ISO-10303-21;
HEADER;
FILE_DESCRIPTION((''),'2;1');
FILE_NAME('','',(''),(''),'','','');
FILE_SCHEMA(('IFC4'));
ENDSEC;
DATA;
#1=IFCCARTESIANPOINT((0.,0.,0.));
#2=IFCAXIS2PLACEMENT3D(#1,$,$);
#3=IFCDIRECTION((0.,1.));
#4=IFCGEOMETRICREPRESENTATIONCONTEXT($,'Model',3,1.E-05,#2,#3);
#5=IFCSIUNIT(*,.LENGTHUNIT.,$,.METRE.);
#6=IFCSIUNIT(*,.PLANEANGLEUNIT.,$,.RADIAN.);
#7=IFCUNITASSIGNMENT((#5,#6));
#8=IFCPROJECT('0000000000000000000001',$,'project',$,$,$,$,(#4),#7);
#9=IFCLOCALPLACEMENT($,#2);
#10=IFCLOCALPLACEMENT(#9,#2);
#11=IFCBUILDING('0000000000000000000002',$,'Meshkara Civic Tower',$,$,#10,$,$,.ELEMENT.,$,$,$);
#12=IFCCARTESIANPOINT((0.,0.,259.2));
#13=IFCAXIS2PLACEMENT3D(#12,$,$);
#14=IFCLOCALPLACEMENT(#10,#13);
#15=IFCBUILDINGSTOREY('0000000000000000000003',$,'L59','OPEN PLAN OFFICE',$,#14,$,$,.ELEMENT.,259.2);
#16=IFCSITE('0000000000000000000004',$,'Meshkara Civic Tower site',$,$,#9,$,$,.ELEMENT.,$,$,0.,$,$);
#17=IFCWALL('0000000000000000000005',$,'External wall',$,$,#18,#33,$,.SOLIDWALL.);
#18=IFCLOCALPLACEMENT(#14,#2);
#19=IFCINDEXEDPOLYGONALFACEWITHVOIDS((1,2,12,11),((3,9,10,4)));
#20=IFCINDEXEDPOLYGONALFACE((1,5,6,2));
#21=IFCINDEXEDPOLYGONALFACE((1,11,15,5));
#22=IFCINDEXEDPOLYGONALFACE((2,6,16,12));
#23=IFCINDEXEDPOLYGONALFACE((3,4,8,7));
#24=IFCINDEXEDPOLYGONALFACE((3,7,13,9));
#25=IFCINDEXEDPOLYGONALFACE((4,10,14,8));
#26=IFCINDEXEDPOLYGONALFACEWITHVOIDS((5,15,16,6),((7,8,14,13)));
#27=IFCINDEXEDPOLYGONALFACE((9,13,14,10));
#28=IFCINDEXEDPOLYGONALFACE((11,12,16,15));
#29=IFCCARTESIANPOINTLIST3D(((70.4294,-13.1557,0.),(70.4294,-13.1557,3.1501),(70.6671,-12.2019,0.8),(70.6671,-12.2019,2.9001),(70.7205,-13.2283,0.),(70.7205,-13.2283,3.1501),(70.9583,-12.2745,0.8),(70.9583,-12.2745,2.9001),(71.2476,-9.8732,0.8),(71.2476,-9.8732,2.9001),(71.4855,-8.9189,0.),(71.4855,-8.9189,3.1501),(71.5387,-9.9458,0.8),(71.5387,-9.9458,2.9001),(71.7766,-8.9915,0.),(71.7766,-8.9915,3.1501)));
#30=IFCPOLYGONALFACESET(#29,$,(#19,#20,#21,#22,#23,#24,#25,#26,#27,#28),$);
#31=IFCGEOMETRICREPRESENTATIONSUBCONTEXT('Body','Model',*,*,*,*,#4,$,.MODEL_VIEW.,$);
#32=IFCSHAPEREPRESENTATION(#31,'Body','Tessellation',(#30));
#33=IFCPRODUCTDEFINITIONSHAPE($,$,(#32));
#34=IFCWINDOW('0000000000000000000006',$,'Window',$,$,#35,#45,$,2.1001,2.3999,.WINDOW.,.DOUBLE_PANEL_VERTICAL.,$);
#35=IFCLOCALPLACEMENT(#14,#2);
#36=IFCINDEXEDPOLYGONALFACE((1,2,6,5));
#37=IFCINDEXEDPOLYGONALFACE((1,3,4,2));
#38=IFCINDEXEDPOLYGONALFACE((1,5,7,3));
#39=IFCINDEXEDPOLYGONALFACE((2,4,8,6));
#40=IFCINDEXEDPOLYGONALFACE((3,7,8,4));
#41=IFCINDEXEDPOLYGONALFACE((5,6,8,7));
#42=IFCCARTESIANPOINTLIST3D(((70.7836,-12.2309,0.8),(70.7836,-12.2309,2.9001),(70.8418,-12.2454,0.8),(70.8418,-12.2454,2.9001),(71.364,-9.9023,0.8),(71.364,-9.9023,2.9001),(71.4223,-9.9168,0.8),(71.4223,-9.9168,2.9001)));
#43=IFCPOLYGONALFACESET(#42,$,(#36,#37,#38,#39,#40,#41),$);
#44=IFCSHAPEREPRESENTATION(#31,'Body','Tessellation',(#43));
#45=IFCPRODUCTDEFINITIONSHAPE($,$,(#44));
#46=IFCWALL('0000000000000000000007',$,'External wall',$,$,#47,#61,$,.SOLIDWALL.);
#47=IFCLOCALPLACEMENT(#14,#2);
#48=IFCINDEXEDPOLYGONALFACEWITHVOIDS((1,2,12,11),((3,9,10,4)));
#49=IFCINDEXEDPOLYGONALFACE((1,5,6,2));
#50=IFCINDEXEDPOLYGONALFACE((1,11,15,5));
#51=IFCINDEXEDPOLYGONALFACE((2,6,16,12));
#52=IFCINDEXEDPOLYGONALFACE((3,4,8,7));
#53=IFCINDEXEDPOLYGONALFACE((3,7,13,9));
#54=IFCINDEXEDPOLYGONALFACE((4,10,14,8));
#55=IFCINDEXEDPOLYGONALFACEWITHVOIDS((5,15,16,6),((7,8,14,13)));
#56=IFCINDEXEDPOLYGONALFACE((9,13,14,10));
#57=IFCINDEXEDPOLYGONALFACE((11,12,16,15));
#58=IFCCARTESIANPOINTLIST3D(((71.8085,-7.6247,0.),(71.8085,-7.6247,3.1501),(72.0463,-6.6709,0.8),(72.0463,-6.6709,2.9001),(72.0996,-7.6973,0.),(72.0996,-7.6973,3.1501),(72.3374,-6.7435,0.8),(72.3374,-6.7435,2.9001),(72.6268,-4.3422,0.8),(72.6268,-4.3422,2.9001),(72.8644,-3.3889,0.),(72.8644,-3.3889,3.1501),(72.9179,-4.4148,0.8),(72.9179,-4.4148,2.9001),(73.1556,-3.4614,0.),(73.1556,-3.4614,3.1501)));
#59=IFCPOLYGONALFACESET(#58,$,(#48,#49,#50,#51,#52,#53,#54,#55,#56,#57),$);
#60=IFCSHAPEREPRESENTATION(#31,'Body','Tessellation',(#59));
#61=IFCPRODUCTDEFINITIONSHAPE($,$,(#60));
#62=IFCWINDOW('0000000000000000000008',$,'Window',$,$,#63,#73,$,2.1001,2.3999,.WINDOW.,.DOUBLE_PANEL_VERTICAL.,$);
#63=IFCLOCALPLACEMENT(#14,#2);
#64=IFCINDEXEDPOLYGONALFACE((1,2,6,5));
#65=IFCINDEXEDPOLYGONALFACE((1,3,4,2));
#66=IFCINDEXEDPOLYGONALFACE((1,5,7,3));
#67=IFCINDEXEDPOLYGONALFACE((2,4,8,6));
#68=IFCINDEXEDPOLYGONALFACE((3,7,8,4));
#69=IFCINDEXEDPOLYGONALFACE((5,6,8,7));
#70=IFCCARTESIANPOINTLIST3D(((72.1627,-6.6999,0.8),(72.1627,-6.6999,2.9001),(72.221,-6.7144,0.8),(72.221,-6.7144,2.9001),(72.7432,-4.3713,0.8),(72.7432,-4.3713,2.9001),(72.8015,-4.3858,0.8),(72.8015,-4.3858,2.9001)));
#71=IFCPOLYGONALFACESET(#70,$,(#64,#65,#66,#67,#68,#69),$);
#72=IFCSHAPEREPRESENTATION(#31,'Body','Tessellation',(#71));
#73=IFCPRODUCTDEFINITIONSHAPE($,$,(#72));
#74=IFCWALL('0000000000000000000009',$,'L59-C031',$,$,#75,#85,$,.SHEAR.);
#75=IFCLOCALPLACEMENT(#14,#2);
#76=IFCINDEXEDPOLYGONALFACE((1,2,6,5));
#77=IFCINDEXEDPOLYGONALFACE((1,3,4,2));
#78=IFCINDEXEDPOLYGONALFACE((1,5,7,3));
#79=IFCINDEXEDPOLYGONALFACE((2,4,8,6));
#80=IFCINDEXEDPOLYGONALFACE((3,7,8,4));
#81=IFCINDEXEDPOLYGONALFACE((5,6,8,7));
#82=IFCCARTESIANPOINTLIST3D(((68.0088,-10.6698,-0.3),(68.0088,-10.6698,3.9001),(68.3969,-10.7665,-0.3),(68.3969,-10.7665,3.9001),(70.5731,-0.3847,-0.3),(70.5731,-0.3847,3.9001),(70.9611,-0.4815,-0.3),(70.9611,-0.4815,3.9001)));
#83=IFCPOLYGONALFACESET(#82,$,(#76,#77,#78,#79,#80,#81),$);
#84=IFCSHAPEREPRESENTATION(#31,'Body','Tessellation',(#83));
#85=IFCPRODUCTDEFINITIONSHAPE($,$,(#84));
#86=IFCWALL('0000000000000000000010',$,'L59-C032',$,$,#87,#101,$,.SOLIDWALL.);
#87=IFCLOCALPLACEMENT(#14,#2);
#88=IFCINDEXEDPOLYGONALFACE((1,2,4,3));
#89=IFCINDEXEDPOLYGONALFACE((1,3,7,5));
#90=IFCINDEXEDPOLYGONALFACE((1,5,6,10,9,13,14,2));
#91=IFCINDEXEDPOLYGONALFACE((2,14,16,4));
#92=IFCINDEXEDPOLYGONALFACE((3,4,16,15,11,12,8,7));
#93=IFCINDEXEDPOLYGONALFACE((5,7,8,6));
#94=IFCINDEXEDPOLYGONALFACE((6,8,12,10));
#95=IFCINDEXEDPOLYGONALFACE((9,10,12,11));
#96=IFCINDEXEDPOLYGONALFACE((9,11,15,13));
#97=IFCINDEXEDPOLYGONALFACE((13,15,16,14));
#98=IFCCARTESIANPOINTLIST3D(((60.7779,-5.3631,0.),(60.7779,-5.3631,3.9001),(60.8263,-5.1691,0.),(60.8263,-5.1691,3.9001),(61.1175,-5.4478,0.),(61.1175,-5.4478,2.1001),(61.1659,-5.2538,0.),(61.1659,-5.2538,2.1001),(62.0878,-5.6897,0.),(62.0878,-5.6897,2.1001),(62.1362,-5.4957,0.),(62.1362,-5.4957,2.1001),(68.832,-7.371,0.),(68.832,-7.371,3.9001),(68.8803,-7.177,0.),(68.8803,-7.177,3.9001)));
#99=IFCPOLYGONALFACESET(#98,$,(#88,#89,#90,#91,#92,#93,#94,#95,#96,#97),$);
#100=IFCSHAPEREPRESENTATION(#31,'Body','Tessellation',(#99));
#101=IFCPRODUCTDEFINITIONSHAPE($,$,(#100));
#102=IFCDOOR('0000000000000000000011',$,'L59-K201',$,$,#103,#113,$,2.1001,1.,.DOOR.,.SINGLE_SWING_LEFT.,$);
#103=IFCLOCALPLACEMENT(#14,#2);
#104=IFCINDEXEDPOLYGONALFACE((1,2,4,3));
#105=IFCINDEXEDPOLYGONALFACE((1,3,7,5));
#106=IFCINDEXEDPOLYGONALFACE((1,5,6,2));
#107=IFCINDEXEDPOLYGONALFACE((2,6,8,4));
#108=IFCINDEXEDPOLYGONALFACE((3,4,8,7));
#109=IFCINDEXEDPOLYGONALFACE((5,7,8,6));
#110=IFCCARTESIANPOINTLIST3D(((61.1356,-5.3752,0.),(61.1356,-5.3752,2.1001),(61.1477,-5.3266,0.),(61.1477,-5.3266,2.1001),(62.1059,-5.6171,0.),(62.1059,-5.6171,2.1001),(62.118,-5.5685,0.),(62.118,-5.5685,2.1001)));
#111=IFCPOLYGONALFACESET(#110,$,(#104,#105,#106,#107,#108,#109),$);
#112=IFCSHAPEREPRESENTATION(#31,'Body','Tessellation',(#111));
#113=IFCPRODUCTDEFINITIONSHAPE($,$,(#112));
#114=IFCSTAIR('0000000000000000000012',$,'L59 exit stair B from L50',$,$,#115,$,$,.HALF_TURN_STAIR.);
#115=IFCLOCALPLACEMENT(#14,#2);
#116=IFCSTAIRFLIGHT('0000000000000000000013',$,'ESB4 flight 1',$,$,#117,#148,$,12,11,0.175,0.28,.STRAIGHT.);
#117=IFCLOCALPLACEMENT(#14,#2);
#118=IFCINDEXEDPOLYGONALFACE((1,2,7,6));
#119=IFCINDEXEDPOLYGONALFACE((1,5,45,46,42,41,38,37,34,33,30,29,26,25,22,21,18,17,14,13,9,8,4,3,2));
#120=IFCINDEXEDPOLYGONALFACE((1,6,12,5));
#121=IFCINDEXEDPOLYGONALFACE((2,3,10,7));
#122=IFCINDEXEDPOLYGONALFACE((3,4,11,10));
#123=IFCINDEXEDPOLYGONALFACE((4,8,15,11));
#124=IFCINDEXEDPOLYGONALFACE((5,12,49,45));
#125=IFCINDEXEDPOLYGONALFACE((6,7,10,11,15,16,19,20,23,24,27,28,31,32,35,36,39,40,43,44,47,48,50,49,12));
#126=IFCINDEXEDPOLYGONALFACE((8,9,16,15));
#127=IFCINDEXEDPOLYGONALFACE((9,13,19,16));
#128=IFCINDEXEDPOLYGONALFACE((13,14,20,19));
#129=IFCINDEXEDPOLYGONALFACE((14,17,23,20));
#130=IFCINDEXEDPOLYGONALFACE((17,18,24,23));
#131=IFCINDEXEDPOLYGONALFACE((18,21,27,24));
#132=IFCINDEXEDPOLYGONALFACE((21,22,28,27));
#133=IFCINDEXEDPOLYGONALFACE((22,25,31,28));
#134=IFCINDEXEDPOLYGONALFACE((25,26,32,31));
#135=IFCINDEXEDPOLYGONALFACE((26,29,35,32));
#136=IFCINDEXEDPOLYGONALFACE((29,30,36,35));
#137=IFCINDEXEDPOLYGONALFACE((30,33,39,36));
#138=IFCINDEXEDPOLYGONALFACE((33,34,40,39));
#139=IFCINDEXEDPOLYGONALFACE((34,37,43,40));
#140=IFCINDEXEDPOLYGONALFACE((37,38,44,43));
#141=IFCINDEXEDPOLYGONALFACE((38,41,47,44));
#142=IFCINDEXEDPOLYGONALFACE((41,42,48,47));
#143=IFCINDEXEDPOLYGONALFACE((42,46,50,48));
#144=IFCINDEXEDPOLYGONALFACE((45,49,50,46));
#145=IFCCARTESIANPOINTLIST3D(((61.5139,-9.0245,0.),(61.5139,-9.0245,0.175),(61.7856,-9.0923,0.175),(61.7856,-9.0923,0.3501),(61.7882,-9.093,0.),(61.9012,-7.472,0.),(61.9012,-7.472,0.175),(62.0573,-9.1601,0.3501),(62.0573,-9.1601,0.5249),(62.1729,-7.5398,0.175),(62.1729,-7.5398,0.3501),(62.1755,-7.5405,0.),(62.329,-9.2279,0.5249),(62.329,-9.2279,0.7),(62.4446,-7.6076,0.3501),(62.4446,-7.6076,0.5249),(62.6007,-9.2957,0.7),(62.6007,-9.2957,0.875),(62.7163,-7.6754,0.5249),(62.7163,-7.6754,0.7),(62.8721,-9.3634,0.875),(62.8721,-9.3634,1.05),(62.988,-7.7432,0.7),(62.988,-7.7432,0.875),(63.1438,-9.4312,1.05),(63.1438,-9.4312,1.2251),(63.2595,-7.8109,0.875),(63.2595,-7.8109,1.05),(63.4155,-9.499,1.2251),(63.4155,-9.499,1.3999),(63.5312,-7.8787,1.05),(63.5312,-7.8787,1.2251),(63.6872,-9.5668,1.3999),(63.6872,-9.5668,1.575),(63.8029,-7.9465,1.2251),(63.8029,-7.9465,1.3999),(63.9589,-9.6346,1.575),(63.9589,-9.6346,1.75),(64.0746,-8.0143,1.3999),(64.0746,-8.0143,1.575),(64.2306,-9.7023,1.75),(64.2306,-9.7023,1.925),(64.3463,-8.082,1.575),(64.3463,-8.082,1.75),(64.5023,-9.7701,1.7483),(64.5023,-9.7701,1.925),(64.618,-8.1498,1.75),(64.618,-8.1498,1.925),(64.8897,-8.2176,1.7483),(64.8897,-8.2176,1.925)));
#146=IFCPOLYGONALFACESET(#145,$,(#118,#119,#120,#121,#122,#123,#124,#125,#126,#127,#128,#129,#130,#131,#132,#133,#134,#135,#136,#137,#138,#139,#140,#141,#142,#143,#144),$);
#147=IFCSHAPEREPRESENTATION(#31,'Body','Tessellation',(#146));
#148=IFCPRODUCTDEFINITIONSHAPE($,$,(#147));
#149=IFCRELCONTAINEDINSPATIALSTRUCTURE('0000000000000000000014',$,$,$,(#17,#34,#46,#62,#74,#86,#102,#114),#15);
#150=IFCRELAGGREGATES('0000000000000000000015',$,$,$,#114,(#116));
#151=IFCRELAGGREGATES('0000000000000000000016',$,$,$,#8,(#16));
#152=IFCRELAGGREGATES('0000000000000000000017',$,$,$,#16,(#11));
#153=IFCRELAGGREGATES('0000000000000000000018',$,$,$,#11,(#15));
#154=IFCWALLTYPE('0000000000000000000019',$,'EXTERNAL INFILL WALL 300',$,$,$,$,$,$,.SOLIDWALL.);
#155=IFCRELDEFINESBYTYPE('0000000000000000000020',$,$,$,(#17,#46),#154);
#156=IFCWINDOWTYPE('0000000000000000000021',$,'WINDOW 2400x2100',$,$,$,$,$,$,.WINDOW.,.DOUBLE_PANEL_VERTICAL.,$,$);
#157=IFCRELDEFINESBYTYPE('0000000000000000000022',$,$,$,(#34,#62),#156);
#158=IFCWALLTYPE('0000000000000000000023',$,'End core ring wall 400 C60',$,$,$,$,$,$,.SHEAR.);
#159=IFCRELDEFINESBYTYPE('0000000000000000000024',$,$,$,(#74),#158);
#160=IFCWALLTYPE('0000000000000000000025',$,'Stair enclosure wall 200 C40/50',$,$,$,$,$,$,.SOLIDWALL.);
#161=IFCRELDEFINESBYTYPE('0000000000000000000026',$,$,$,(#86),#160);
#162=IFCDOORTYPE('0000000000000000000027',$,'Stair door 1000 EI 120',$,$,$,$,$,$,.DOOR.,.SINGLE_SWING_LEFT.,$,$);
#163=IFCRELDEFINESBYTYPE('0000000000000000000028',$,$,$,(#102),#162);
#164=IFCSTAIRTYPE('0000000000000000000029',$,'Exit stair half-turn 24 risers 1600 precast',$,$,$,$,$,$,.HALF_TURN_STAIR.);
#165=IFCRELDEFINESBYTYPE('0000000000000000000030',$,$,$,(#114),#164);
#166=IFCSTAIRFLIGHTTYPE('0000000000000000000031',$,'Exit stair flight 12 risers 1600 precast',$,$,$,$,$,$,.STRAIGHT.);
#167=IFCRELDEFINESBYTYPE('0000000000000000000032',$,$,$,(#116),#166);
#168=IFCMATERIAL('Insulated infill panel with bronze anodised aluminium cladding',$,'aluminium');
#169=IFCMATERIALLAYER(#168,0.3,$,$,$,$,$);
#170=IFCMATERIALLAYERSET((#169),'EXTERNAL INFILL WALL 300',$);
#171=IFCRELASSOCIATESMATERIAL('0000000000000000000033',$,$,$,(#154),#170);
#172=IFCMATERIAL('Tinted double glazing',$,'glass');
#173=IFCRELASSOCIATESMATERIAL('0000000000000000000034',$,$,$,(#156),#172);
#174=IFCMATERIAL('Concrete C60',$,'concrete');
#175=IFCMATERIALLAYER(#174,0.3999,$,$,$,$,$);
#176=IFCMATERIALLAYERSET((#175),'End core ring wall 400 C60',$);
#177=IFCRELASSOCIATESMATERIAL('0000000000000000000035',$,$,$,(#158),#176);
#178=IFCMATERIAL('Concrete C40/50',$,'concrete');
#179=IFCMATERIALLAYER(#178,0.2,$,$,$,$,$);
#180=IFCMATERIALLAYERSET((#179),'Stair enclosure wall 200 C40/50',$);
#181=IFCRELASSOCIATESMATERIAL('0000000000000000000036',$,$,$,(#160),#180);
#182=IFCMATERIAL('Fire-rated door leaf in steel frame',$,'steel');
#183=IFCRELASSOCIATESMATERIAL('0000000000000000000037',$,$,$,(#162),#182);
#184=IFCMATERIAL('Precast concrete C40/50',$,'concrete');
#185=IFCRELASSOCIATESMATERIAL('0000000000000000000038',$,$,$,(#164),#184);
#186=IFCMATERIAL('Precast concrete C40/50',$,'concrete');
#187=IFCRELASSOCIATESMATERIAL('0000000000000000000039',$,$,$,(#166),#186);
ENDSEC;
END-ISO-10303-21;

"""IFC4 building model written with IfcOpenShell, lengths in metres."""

from ifc_helpers import new_model, si_unit, direction, frame, frame_2d, origin, place, context, subcontext, project, spatial, polyline, rectangle, outline, extrude, material, layer, layer_set, type_object, element, fill, aggregate, save


model = new_model("IFC4")

# Units and contexts
model_context = context("Model", 3, precision=1e-05, world=origin(), true_north=direction((0.0, 1.0)))
body_context = subcontext(model_context, "Body", "Model", "MODEL_VIEW")
ifc_project = project(units=[si_unit("LENGTHUNIT", "METRE"), si_unit("PLANEANGLEUNIT", "RADIAN")], contexts=[model_context])

# Site, building, storey
site_placement = place(None, origin())
site = spatial("IfcSite", under=ifc_project, at=site_placement, Name="Meshkara Civic Tower site", CompositionType="ELEMENT", RefElevation=0.0)
building_placement = place(site_placement, origin())
building = spatial("IfcBuilding", under=site, at=building_placement, Name="Meshkara Civic Tower", CompositionType="ELEMENT")
storey_placement = place(building_placement, frame((0.0, 0.0, 259.2)))
storey = spatial("IfcBuildingStorey", under=building, at=storey_placement, Name="L59", Description="OPEN PLAN OFFICE", CompositionType="ELEMENT", Elevation=259.2)

# Walls, openings, windows
ifc_material_1 = material(Name="Insulated infill panel with bronze anodised aluminium cladding", Category="aluminium")
ifc_layer_1 = layer(ifc_material_1, 0.3)
ifc_layer_set_1 = layer_set([ifc_layer_1], Name="EXTERNAL INFILL WALL 300")
wall_type_1 = type_object("IfcWallType", Name="EXTERNAL INFILL WALL 300", PredefinedType="SOLIDWALL", material=ifc_layer_set_1)
ifc_material_2 = material(Name="Tinted double glazing", Category="glass")
window_type_1 = type_object("IfcWindowType", Name="WINDOW 2400x2100", PartitioningType="DOUBLE_PANEL_VERTICAL", PredefinedType="WINDOW", material=ifc_material_2)
wall_1_placement = place(storey_placement, frame((70.575, -13.1919, 0.0), z_axis=(0.0, 0.0, 1.0), x_axis=(0.241878, 0.970307, 0.0)))
wall_1 = element("IfcWall", 1, at=wall_1_placement, inside=storey, type_object=wall_type_1, Name="External wall", PredefinedType="SOLIDWALL", context=body_context, shape_type="SweptSolid", body=[
    extrude(rectangle(XDim=4.3665, YDim=0.3, at=frame_2d((2.1831, 0.0))), origin(), (0.0, 0.0, 1.0), 3.1501),
])
opening_1_placement = place(wall_1_placement, frame((0.9829, 0.0, 0.8)))
opening_1 = element("IfcOpeningElement", 2, at=opening_1_placement, cuts=wall_1, PredefinedType="OPENING", context=body_context, shape_type="SweptSolid", body=[
    extrude(rectangle(XDim=2.3999, YDim=2.1001, at=frame_2d((1.2, 1.05))), frame((0.0, 0.1599, 0.0), z_axis=(0.0, -1.0, 0.0), x_axis=(1.0, 0.0, 0.0)), (0.0, 0.0, 1.0), 0.3201),
])
window_1_placement = place(opening_1_placement, origin())
window_1 = element("IfcWindow", 3, at=window_1_placement, inside=storey, type_object=window_type_1, Name="Window", OverallHeight=2.1001, OverallWidth=2.3999, PartitioningType="DOUBLE_PANEL_VERTICAL", PredefinedType="WINDOW", context=body_context, shape_type="SweptSolid", body=[
    extrude(rectangle(XDim=2.3999, YDim=2.1001, at=frame_2d((1.2, 1.05))), frame((0.0, 0.03, 0.0), z_axis=(0.0, -1.0, 0.0), x_axis=(1.0, 0.0, 0.0)), (0.0, 0.0, 1.0), 0.0601),
])
fill(opening_1, window_1)
wall_2_placement = place(storey_placement, frame((71.9541, -7.6609, 0.0), z_axis=(0.0, 0.0, 1.0), x_axis=(0.241878, 0.970307, 0.0)))
wall_2 = element("IfcWall", 4, at=wall_2_placement, inside=storey, type_object=wall_type_1, Name="External wall", PredefinedType="SOLIDWALL", context=body_context, shape_type="SweptSolid", body=[
    extrude(rectangle(XDim=4.3655, YDim=0.3, at=frame_2d((2.1826, 0.0))), origin(), (0.0, 0.0, 1.0), 3.1501),
])
opening_2_placement = place(wall_2_placement, frame((0.9829, 0.0, 0.8)))
opening_2 = element("IfcOpeningElement", 5, at=opening_2_placement, cuts=wall_2, PredefinedType="OPENING", context=body_context, shape_type="SweptSolid", body=[
    extrude(rectangle(XDim=2.3999, YDim=2.1001, at=frame_2d((1.2, 1.05))), frame((0.0, 0.1599, 0.0), z_axis=(0.0, -1.0, 0.0), x_axis=(1.0, 0.0, 0.0)), (0.0, 0.0, 1.0), 0.3201),
])
window_2_placement = place(opening_2_placement, origin())
window_2 = element("IfcWindow", 6, at=window_2_placement, inside=storey, type_object=window_type_1, Name="Window", OverallHeight=2.1001, OverallWidth=2.3999, PartitioningType="DOUBLE_PANEL_VERTICAL", PredefinedType="WINDOW", context=body_context, shape_type="SweptSolid", body=[
    extrude(rectangle(XDim=2.3999, YDim=2.1001, at=frame_2d((1.2, 1.05))), frame((0.0, 0.03, 0.0), z_axis=(0.0, -1.0, 0.0), x_axis=(1.0, 0.0, 0.0)), (0.0, 0.0, 1.0), 0.0601),
])
fill(opening_2, window_2)

# Wall
ifc_material_3 = material(Name="Concrete C60", Category="concrete")
ifc_layer_2 = layer(ifc_material_3, 0.3999)
ifc_layer_set_2 = layer_set([ifc_layer_2], Name="End core ring wall 400 C60")
wall_type_2 = type_object("IfcWallType", Name="End core ring wall 400 C60", PredefinedType="SHEAR", material=ifc_layer_set_2)
wall_3_placement = place(storey_placement, frame((68.2029, -10.718, -0.3), z_axis=(0.0, 0.0, 1.0), x_axis=(0.241912, 0.970298, 0.0)))
element("IfcWall", 7, at=wall_3_placement, inside=storey, type_object=wall_type_2, Name="L59-C031", PredefinedType="SHEAR", context=body_context, shape_type="SweptSolid", body=[
    extrude(rectangle(XDim=10.5999, YDim=0.3999, at=frame_2d((5.2998, 0.0))), origin(), (0.0, 0.0, 1.0), 4.2002),
])

# Wall, opening, door
ifc_material_4 = material(Name="Concrete C40/50", Category="concrete")
ifc_layer_3 = layer(ifc_material_4, 0.2)
ifc_layer_set_3 = layer_set([ifc_layer_3], Name="Stair enclosure wall 200 C40/50")
wall_type_3 = type_object("IfcWallType", Name="Stair enclosure wall 200 C40/50", PredefinedType="SOLIDWALL", material=ifc_layer_set_3)
wall_4_placement = place(storey_placement, frame((60.802, -5.2661, 0.0), z_axis=(0.0, 0.0, 1.0), x_axis=(0.970303, -0.241892, 0.0)))
wall_4 = element("IfcWall", 8, at=wall_4_placement, inside=storey, type_object=wall_type_3, Name="L59-C032", PredefinedType="SOLIDWALL", context=body_context, shape_type="SweptSolid", body=[
    extrude(rectangle(XDim=8.3005, YDim=0.2, at=frame_2d((4.1504, 0.0))), origin(), (0.0, 0.0, 1.0), 3.9001),
])
opening_3_placement = place(wall_4_placement, frame((0.3501, 0.0, 0.0)))
opening_3 = element("IfcOpeningElement", 9, at=opening_3_placement, cuts=wall_4, PredefinedType="OPENING", context=body_context, shape_type="SweptSolid", body=[
    extrude(rectangle(XDim=1.0, YDim=2.1001, at=frame_2d((0.5, 1.05))), frame((0.0, 0.1099, 0.0), z_axis=(0.0, -1.0, 0.0), x_axis=(1.0, 0.0, 0.0)), (0.0, 0.0, 1.0), 0.22),
])
ifc_material_5 = material(Name="Fire-rated door leaf in steel frame", Category="steel")
door_type = type_object("IfcDoorType", Name="Stair door 1000 EI 120", OperationType="SINGLE_SWING_LEFT", PredefinedType="DOOR", material=ifc_material_5)
door_placement = place(opening_3_placement, origin())
door = element("IfcDoor", 10, at=door_placement, inside=storey, type_object=door_type, Name="L59-K201", OperationType="SINGLE_SWING_LEFT", OverallHeight=2.1001, OverallWidth=1.0, PredefinedType="DOOR", context=body_context, shape_type="SweptSolid", body=[
    extrude(rectangle(XDim=1.0, YDim=2.1001, at=frame_2d((0.5, 1.05))), frame((0.0, 0.0249, 0.0), z_axis=(0.0, -1.0, 0.0), x_axis=(1.0, 0.0, 0.0)), (0.0, 0.0, 1.0), 0.05),
])
fill(opening_3, door)

# Stair, stair flight
ifc_material_6 = material(Name="Precast concrete C40/50", Category="concrete")
stair_type = type_object("IfcStairType", Name="Exit stair half-turn 24 risers 1600 precast", PredefinedType="HALF_TURN_STAIR", material=ifc_material_6)
stair_placement = place(storey_placement, origin())
stair = element("IfcStair", 11, at=stair_placement, inside=storey, type_object=stair_type, Name="L59 exit stair B from L50", PredefinedType="HALF_TURN_STAIR")
ifc_material_7 = material(Name="Precast concrete C40/50", Category="concrete")
stair_flight_type = type_object("IfcStairFlightType", Name="Exit stair flight 12 risers 1600 precast", PredefinedType="STRAIGHT", material=ifc_material_7)
stair_flight_1_placement = place(storey_placement, frame((61.7075, -8.2483, 0.0), z_axis=(0.0, 0.0, 1.0), x_axis=(0.97026, -0.242065, 0.0)))
stair_flight_1 = element("IfcStairFlight", 12, at=stair_flight_1_placement, type_object=stair_flight_type, Name="ESB4 flight 1", NumberOfRisers=12, NumberOfTreads=11, PredefinedType="STRAIGHT", RiserHeight=0.175, TreadLength=0.28, context=body_context, shape_type="SweptSolid", body=[
    extrude(outline(polyline([(0.0, 0.0), (0.0, 0.175), (0.28, 0.175), (0.28, 0.3501), (0.5601, 0.3501), (0.5601, 0.5249), (0.8401, 0.5249), (0.8401, 0.7), (1.1201, 0.7), (1.1201, 0.875), (1.3999, 0.875), (1.3999, 1.05), (1.6799, 1.05), (1.6799, 1.2251), (1.96, 1.2251), (1.96, 1.3999), (2.24, 1.3999), (2.24, 1.575), (2.52, 1.575), (2.52, 1.75), (2.8, 1.75), (2.8, 1.925), (3.0801, 1.925), (3.0801, 2.1001), (3.0801, 1.7483), (0.2827, 0.0), (0.0, 0.0)])), frame((0.0, 0.8, 0.0), z_axis=(0.0, -1.0, 0.0), x_axis=(1.0, 0.0, 0.0)), (0.0, 0.0, 1.0), 1.6001),
])
aggregate(stair, [stair_flight_1])

save(model, "model.ifc")
